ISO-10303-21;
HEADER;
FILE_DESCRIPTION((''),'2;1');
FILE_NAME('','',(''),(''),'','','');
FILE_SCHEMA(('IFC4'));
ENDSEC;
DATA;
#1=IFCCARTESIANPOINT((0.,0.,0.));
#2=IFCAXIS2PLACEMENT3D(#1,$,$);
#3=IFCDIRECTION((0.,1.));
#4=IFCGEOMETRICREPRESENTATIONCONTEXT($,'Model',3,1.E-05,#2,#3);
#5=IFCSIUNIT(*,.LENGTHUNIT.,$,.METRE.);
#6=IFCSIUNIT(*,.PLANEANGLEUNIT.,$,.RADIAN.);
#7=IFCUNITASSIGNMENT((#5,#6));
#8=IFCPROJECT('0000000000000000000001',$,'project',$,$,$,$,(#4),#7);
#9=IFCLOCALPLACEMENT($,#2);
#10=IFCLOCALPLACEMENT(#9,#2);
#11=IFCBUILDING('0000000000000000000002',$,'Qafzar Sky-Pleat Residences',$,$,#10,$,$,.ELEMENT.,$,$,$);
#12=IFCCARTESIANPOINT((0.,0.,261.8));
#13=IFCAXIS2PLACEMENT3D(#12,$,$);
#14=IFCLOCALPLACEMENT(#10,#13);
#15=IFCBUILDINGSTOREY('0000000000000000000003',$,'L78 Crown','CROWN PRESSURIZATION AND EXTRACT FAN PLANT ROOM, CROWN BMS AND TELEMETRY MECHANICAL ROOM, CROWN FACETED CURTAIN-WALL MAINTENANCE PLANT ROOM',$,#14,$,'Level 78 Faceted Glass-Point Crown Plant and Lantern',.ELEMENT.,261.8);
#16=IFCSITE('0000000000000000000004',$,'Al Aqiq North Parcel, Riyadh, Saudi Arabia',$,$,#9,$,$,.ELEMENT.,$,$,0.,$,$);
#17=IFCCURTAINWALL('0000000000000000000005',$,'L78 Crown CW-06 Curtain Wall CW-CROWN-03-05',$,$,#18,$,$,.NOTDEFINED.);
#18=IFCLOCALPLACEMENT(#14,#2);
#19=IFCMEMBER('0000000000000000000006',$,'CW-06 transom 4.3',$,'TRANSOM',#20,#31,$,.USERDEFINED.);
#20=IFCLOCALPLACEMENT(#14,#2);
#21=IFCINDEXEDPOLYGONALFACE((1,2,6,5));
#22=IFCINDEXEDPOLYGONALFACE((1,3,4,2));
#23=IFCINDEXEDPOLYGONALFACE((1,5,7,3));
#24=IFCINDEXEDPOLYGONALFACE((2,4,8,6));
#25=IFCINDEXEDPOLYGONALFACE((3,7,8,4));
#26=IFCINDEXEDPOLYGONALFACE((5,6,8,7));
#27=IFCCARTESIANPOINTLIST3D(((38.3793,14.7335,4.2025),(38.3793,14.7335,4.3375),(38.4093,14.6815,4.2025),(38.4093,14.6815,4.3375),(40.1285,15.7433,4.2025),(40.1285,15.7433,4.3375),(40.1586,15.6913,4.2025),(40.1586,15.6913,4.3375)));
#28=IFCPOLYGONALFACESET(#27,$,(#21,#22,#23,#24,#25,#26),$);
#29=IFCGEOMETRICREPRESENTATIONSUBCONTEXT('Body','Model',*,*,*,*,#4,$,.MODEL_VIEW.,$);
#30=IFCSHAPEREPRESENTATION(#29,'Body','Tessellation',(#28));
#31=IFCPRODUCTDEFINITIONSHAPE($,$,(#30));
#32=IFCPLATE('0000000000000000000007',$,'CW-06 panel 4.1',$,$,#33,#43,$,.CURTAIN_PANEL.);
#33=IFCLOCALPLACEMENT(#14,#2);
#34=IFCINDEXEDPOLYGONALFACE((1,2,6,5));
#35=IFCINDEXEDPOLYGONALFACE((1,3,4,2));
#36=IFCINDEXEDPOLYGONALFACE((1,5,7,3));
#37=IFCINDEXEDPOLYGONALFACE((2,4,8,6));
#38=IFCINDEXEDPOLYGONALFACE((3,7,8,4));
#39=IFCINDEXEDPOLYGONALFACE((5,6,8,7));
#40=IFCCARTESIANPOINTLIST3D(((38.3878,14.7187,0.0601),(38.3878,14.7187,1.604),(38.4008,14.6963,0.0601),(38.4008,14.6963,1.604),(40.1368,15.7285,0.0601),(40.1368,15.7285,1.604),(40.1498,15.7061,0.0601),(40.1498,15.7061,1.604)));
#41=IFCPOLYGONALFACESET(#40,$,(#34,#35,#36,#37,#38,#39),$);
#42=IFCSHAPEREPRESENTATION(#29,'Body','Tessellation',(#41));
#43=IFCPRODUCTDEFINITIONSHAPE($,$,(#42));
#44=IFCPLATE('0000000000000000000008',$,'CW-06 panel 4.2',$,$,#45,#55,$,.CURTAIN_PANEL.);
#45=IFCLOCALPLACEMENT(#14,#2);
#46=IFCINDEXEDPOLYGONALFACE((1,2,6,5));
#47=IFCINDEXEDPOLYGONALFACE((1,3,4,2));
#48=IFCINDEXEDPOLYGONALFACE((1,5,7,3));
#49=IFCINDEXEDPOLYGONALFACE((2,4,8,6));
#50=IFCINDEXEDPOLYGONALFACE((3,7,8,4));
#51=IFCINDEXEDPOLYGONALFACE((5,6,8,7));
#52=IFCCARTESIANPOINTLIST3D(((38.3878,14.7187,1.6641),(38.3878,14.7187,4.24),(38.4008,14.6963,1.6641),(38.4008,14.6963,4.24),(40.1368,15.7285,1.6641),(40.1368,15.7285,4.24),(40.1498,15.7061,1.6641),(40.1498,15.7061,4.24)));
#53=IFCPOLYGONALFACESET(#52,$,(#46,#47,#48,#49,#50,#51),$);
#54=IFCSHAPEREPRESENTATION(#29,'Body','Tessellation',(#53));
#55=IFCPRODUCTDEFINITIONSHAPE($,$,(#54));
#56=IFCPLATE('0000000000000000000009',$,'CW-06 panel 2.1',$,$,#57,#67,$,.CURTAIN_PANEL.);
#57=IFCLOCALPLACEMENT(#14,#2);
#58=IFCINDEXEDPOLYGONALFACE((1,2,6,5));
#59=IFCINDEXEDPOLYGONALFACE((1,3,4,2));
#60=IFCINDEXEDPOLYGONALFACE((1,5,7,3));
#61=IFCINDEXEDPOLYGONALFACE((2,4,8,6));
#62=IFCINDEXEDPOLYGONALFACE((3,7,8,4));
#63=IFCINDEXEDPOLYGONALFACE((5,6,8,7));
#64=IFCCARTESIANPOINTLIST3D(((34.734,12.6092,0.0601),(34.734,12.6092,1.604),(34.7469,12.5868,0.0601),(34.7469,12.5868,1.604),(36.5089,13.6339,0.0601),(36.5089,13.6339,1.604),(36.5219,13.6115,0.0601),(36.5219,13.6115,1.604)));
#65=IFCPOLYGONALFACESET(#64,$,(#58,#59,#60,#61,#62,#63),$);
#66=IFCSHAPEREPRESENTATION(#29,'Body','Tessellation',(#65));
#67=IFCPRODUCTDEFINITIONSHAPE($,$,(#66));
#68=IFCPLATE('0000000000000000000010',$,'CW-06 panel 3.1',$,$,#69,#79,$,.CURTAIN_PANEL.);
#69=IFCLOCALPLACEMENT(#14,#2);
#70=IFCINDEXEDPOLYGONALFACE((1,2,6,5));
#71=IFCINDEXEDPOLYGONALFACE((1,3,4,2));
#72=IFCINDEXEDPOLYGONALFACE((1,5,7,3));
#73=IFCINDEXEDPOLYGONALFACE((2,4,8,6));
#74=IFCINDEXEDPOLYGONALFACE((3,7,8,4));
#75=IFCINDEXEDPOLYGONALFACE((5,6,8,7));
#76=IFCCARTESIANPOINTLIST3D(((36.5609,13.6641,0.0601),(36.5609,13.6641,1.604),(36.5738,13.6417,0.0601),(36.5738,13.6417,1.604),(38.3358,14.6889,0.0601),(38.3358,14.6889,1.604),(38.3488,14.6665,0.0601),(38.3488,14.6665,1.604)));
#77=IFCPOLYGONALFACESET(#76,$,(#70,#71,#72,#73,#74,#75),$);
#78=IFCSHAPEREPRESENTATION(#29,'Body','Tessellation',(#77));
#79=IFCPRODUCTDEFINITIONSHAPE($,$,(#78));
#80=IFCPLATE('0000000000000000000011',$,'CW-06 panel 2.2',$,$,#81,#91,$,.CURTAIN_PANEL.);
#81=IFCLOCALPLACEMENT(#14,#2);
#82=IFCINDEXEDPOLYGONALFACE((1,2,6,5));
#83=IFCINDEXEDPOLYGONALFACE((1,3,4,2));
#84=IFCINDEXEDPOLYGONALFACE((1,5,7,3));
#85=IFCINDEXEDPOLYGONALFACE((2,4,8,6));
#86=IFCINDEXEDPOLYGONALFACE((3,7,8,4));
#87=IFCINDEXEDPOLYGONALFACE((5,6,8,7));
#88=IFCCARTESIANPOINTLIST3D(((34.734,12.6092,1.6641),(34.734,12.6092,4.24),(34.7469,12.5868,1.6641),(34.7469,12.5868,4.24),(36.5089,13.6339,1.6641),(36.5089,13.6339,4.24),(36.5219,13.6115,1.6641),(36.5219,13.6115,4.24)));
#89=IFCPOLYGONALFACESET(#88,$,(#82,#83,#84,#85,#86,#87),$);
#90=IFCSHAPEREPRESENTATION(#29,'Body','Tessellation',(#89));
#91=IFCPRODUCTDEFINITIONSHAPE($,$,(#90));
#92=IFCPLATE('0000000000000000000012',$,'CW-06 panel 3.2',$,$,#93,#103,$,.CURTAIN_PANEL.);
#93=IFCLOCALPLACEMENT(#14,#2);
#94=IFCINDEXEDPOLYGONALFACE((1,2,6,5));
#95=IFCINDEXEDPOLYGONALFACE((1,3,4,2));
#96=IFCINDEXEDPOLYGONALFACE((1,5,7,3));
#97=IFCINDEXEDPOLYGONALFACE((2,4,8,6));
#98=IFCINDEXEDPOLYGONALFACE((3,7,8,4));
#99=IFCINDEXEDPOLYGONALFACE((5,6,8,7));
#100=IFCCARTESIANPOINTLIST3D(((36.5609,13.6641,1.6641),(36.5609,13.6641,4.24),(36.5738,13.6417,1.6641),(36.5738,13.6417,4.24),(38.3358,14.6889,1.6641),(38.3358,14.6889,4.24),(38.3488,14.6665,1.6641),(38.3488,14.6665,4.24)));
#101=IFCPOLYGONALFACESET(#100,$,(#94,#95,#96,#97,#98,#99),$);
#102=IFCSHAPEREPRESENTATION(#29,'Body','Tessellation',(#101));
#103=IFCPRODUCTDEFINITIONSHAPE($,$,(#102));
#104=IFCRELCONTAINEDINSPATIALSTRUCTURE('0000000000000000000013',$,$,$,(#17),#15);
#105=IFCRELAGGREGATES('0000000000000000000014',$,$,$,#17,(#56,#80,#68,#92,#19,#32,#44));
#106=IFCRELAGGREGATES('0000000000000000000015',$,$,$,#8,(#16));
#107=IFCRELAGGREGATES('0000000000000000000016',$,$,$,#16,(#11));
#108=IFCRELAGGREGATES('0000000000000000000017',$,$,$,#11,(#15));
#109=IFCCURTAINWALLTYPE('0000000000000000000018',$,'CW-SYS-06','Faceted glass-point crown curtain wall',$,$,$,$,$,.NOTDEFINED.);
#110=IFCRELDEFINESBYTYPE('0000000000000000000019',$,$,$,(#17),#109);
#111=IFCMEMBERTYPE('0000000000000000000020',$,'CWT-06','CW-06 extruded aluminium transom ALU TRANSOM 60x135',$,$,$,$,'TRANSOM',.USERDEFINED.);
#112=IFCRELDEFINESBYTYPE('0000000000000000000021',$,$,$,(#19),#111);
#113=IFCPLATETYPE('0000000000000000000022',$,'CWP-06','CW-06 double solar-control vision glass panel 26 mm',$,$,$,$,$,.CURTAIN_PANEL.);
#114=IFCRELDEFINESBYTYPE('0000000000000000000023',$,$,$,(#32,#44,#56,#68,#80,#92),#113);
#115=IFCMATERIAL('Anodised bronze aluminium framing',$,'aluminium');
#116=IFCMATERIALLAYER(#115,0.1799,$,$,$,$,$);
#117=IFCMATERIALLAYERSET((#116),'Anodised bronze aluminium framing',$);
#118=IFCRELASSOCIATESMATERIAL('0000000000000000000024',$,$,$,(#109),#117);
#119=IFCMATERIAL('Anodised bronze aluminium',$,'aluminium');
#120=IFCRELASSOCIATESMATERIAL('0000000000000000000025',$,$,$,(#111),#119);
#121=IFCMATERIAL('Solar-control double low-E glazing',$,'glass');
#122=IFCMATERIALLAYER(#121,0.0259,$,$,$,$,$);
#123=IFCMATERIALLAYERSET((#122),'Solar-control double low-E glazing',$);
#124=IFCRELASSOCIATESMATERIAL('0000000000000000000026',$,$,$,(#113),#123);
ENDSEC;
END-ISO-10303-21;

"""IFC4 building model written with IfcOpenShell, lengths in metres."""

from ifc_helpers import new_model, si_unit, direction, frame, origin, origin_2d, place, context, subcontext, project, spatial, rectangle, extrude, source, transform, mapped, material, layer, layer_set, material_profile, profile_set, type_object, element, aggregate, save


model = new_model("IFC4")

# Units and contexts
model_context = context("Model", 3, precision=1e-05, world=origin(), true_north=direction((0.0, 1.0)))
body_context = subcontext(model_context, "Body", "Model", "MODEL_VIEW")
ifc_project = project(units=[si_unit("LENGTHUNIT", "METRE"), si_unit("PLANEANGLEUNIT", "RADIAN")], contexts=[model_context])

# Site, building, storey
site_placement = place(None, origin())
site = spatial("IfcSite", under=ifc_project, at=site_placement, Name="Al Aqiq North Parcel, Riyadh, Saudi Arabia", CompositionType="ELEMENT", RefElevation=0.0)
building_placement = place(site_placement, origin())
building = spatial("IfcBuilding", under=site, at=building_placement, Name="Qafzar Sky-Pleat Residences", CompositionType="ELEMENT")
storey_placement = place(building_placement, frame((0.0, 0.0, 261.8)))
storey = spatial("IfcBuildingStorey", under=building, at=storey_placement, Name="L78 Crown", Description="CROWN PRESSURIZATION AND EXTRACT FAN PLANT ROOM, CROWN BMS AND TELEMETRY MECHANICAL ROOM, CROWN FACETED CURTAIN-WALL MAINTENANCE PLANT ROOM", LongName="Level 78 Faceted Glass-Point Crown Plant and Lantern", CompositionType="ELEMENT", Elevation=261.8)

# Curtain wall
ifc_material_1 = material(Name="Anodised bronze aluminium framing", Category="aluminium")
ifc_layer_1 = layer(ifc_material_1, 0.1799)
ifc_layer_set_1 = layer_set([ifc_layer_1], Name="Anodised bronze aluminium framing")
curtain_wall_type = type_object("IfcCurtainWallType", Name="CW-SYS-06", Description="Faceted glass-point crown curtain wall", PredefinedType="NOTDEFINED", material=ifc_layer_set_1)
curtain_wall_1_placement = place(storey_placement, origin())
curtain_wall_1 = element("IfcCurtainWall", 1, at=curtain_wall_1_placement, inside=storey, type_object=curtain_wall_type, Name="L78 Crown CW-06 Curtain Wall CW-CROWN-03-05", PredefinedType="NOTDEFINED")
ifc_material_2 = material(Name="Anodised bronze aluminium", Category="aluminium")

# Member
ifc_material_profile_1 = material_profile(ifc_material_2, rectangle(XDim=0.0601, YDim=0.135, at=origin_2d()), Name="ALU TRANSOM 60x135")
ifc_profile_set_1 = profile_set([ifc_material_profile_1], Name="Anodised bronze aluminium")
member_type_1 = type_object("IfcMemberType", Name="CWT-06", Description="CW-06 extruded aluminium transom ALU TRANSOM 60x135", ElementType="TRANSOM", PredefinedType="USERDEFINED", material=ifc_profile_set_1)
shared_shape_1 = source(origin(), body_context, "Body", "SweptSolid", [
    extrude(rectangle(XDim=0.0601, YDim=0.135, at=origin_2d()), origin(), (0.0, 0.0, 1.0), 2.0198),
])
member_1_placement = place(storey_placement, frame((38.3943, 14.7075, 4.27), z_axis=(0.866063, 0.499935, 0.0), x_axis=(-0.499935, 0.866063, 0.0)))
member_1 = element("IfcMember", 2, at=member_1_placement, type_object=member_type_1, Name="CW-06 transom 4.3", ObjectType="TRANSOM", PredefinedType="USERDEFINED", context=body_context, shape_type="MappedRepresentation", body=[
    mapped(shared_shape_1, transform((0.0, 0.0, 0.0), x_axis=(1.0, 0.0, 0.0), y_axis=(0.0, 1.0, 0.0), z_axis=(0.0, 0.0, 1.0), scale=1.0)),
])

# Plates
ifc_material_3 = material(Name="Solar-control double low-E glazing", Category="glass")
ifc_layer_2 = layer(ifc_material_3, 0.0259)
ifc_layer_set_2 = layer_set([ifc_layer_2], Name="Solar-control double low-E glazing")
plate_type = type_object("IfcPlateType", Name="CWP-06", Description="CW-06 double solar-control vision glass panel 26 mm", PredefinedType="CURTAIN_PANEL", material=ifc_layer_set_2)
shared_shape_2 = source(origin(), body_context, "Body", "SweptSolid", [
    extrude(rectangle(XDim=2.0195, YDim=0.0259, at=origin_2d()), origin(), (0.0, 0.0, 1.0), 1.5439),
])
plate_1_placement = place(storey_placement, frame((39.2688, 15.2124, 0.0601), z_axis=(0.0, 0.0, 1.0), x_axis=(0.866024, 0.500002, 0.0)))
plate_1 = element("IfcPlate", 3, at=plate_1_placement, type_object=plate_type, Name="CW-06 panel 4.1", PredefinedType="CURTAIN_PANEL", context=body_context, shape_type="MappedRepresentation", body=[
    mapped(shared_shape_2, transform((0.0, 0.0, 0.0), x_axis=(1.0, 0.0, 0.0), y_axis=(0.0, 1.0, 0.0), z_axis=(0.0, 0.0, 1.0), scale=1.0)),
])
shared_shape_3 = source(origin(), body_context, "Body", "SweptSolid", [
    extrude(rectangle(XDim=2.0195, YDim=0.0259, at=origin_2d()), origin(), (0.0, 0.0, 1.0), 2.5759),
])
plate_2_placement = place(storey_placement, frame((39.2688, 15.2124, 1.6641), z_axis=(0.0, 0.0, 1.0), x_axis=(0.866024, 0.500002, 0.0)))
plate_2 = element("IfcPlate", 4, at=plate_2_placement, type_object=plate_type, Name="CW-06 panel 4.2", PredefinedType="CURTAIN_PANEL", context=body_context, shape_type="MappedRepresentation", body=[
    mapped(shared_shape_3, transform((0.0, 0.0, 0.0), x_axis=(1.0, 0.0, 0.0), y_axis=(0.0, 1.0, 0.0), z_axis=(0.0, 0.0, 1.0), scale=1.0)),
])
shared_shape_4 = source(origin(), body_context, "Body", "SweptSolid", [
    extrude(rectangle(XDim=2.0496, YDim=0.0259, at=origin_2d()), origin(), (0.0, 0.0, 1.0), 1.5439),
])
plate_3_placement = place(storey_placement, frame((35.6279, 13.1104, 0.0601), z_axis=(0.0, 0.0, 1.0), x_axis=(0.866024, 0.500002, 0.0)))
plate_3 = element("IfcPlate", 5, at=plate_3_placement, type_object=plate_type, Name="CW-06 panel 2.1", PredefinedType="CURTAIN_PANEL", context=body_context, shape_type="MappedRepresentation", body=[
    mapped(shared_shape_4, transform((0.0, 0.0, 0.0), x_axis=(1.0, 0.0, 0.0), y_axis=(0.0, 1.0, 0.0), z_axis=(0.0, 0.0, 1.0), scale=1.0)),
])
plate_4_placement = place(storey_placement, frame((37.4548, 14.1653, 0.0601), z_axis=(0.0, 0.0, 1.0), x_axis=(0.866024, 0.500002, 0.0)))
plate_4 = element("IfcPlate", 6, at=plate_4_placement, type_object=plate_type, Name="CW-06 panel 3.1", PredefinedType="CURTAIN_PANEL", context=body_context, shape_type="MappedRepresentation", body=[
    mapped(shared_shape_4, transform((0.0, 0.0, 0.0), x_axis=(1.0, 0.0, 0.0), y_axis=(0.0, 1.0, 0.0), z_axis=(0.0, 0.0, 1.0), scale=1.0)),
])
shared_shape_5 = source(origin(), body_context, "Body", "SweptSolid", [
    extrude(rectangle(XDim=2.0496, YDim=0.0259, at=origin_2d()), origin(), (0.0, 0.0, 1.0), 2.5759),
])
plate_5_placement = place(storey_placement, frame((35.6279, 13.1104, 1.6641), z_axis=(0.0, 0.0, 1.0), x_axis=(0.866024, 0.500002, 0.0)))
plate_5 = element("IfcPlate", 7, at=plate_5_placement, type_object=plate_type, Name="CW-06 panel 2.2", PredefinedType="CURTAIN_PANEL", context=body_context, shape_type="MappedRepresentation", body=[
    mapped(shared_shape_5, transform((0.0, 0.0, 0.0), x_axis=(1.0, 0.0, 0.0), y_axis=(0.0, 1.0, 0.0), z_axis=(0.0, 0.0, 1.0), scale=1.0)),
])
plate_6_placement = place(storey_placement, frame((37.4548, 14.1653, 1.6641), z_axis=(0.0, 0.0, 1.0), x_axis=(0.866024, 0.500002, 0.0)))
plate_6 = element("IfcPlate", 8, at=plate_6_placement, type_object=plate_type, Name="CW-06 panel 3.2", PredefinedType="CURTAIN_PANEL", context=body_context, shape_type="MappedRepresentation", body=[
    mapped(shared_shape_5, transform((0.0, 0.0, 0.0), x_axis=(1.0, 0.0, 0.0), y_axis=(0.0, 1.0, 0.0), z_axis=(0.0, 0.0, 1.0), scale=1.0)),
])
aggregate(curtain_wall_1, [plate_3, plate_5, plate_4, plate_6, member_1, plate_1, plate_2])

save(model, "model.ifc")
